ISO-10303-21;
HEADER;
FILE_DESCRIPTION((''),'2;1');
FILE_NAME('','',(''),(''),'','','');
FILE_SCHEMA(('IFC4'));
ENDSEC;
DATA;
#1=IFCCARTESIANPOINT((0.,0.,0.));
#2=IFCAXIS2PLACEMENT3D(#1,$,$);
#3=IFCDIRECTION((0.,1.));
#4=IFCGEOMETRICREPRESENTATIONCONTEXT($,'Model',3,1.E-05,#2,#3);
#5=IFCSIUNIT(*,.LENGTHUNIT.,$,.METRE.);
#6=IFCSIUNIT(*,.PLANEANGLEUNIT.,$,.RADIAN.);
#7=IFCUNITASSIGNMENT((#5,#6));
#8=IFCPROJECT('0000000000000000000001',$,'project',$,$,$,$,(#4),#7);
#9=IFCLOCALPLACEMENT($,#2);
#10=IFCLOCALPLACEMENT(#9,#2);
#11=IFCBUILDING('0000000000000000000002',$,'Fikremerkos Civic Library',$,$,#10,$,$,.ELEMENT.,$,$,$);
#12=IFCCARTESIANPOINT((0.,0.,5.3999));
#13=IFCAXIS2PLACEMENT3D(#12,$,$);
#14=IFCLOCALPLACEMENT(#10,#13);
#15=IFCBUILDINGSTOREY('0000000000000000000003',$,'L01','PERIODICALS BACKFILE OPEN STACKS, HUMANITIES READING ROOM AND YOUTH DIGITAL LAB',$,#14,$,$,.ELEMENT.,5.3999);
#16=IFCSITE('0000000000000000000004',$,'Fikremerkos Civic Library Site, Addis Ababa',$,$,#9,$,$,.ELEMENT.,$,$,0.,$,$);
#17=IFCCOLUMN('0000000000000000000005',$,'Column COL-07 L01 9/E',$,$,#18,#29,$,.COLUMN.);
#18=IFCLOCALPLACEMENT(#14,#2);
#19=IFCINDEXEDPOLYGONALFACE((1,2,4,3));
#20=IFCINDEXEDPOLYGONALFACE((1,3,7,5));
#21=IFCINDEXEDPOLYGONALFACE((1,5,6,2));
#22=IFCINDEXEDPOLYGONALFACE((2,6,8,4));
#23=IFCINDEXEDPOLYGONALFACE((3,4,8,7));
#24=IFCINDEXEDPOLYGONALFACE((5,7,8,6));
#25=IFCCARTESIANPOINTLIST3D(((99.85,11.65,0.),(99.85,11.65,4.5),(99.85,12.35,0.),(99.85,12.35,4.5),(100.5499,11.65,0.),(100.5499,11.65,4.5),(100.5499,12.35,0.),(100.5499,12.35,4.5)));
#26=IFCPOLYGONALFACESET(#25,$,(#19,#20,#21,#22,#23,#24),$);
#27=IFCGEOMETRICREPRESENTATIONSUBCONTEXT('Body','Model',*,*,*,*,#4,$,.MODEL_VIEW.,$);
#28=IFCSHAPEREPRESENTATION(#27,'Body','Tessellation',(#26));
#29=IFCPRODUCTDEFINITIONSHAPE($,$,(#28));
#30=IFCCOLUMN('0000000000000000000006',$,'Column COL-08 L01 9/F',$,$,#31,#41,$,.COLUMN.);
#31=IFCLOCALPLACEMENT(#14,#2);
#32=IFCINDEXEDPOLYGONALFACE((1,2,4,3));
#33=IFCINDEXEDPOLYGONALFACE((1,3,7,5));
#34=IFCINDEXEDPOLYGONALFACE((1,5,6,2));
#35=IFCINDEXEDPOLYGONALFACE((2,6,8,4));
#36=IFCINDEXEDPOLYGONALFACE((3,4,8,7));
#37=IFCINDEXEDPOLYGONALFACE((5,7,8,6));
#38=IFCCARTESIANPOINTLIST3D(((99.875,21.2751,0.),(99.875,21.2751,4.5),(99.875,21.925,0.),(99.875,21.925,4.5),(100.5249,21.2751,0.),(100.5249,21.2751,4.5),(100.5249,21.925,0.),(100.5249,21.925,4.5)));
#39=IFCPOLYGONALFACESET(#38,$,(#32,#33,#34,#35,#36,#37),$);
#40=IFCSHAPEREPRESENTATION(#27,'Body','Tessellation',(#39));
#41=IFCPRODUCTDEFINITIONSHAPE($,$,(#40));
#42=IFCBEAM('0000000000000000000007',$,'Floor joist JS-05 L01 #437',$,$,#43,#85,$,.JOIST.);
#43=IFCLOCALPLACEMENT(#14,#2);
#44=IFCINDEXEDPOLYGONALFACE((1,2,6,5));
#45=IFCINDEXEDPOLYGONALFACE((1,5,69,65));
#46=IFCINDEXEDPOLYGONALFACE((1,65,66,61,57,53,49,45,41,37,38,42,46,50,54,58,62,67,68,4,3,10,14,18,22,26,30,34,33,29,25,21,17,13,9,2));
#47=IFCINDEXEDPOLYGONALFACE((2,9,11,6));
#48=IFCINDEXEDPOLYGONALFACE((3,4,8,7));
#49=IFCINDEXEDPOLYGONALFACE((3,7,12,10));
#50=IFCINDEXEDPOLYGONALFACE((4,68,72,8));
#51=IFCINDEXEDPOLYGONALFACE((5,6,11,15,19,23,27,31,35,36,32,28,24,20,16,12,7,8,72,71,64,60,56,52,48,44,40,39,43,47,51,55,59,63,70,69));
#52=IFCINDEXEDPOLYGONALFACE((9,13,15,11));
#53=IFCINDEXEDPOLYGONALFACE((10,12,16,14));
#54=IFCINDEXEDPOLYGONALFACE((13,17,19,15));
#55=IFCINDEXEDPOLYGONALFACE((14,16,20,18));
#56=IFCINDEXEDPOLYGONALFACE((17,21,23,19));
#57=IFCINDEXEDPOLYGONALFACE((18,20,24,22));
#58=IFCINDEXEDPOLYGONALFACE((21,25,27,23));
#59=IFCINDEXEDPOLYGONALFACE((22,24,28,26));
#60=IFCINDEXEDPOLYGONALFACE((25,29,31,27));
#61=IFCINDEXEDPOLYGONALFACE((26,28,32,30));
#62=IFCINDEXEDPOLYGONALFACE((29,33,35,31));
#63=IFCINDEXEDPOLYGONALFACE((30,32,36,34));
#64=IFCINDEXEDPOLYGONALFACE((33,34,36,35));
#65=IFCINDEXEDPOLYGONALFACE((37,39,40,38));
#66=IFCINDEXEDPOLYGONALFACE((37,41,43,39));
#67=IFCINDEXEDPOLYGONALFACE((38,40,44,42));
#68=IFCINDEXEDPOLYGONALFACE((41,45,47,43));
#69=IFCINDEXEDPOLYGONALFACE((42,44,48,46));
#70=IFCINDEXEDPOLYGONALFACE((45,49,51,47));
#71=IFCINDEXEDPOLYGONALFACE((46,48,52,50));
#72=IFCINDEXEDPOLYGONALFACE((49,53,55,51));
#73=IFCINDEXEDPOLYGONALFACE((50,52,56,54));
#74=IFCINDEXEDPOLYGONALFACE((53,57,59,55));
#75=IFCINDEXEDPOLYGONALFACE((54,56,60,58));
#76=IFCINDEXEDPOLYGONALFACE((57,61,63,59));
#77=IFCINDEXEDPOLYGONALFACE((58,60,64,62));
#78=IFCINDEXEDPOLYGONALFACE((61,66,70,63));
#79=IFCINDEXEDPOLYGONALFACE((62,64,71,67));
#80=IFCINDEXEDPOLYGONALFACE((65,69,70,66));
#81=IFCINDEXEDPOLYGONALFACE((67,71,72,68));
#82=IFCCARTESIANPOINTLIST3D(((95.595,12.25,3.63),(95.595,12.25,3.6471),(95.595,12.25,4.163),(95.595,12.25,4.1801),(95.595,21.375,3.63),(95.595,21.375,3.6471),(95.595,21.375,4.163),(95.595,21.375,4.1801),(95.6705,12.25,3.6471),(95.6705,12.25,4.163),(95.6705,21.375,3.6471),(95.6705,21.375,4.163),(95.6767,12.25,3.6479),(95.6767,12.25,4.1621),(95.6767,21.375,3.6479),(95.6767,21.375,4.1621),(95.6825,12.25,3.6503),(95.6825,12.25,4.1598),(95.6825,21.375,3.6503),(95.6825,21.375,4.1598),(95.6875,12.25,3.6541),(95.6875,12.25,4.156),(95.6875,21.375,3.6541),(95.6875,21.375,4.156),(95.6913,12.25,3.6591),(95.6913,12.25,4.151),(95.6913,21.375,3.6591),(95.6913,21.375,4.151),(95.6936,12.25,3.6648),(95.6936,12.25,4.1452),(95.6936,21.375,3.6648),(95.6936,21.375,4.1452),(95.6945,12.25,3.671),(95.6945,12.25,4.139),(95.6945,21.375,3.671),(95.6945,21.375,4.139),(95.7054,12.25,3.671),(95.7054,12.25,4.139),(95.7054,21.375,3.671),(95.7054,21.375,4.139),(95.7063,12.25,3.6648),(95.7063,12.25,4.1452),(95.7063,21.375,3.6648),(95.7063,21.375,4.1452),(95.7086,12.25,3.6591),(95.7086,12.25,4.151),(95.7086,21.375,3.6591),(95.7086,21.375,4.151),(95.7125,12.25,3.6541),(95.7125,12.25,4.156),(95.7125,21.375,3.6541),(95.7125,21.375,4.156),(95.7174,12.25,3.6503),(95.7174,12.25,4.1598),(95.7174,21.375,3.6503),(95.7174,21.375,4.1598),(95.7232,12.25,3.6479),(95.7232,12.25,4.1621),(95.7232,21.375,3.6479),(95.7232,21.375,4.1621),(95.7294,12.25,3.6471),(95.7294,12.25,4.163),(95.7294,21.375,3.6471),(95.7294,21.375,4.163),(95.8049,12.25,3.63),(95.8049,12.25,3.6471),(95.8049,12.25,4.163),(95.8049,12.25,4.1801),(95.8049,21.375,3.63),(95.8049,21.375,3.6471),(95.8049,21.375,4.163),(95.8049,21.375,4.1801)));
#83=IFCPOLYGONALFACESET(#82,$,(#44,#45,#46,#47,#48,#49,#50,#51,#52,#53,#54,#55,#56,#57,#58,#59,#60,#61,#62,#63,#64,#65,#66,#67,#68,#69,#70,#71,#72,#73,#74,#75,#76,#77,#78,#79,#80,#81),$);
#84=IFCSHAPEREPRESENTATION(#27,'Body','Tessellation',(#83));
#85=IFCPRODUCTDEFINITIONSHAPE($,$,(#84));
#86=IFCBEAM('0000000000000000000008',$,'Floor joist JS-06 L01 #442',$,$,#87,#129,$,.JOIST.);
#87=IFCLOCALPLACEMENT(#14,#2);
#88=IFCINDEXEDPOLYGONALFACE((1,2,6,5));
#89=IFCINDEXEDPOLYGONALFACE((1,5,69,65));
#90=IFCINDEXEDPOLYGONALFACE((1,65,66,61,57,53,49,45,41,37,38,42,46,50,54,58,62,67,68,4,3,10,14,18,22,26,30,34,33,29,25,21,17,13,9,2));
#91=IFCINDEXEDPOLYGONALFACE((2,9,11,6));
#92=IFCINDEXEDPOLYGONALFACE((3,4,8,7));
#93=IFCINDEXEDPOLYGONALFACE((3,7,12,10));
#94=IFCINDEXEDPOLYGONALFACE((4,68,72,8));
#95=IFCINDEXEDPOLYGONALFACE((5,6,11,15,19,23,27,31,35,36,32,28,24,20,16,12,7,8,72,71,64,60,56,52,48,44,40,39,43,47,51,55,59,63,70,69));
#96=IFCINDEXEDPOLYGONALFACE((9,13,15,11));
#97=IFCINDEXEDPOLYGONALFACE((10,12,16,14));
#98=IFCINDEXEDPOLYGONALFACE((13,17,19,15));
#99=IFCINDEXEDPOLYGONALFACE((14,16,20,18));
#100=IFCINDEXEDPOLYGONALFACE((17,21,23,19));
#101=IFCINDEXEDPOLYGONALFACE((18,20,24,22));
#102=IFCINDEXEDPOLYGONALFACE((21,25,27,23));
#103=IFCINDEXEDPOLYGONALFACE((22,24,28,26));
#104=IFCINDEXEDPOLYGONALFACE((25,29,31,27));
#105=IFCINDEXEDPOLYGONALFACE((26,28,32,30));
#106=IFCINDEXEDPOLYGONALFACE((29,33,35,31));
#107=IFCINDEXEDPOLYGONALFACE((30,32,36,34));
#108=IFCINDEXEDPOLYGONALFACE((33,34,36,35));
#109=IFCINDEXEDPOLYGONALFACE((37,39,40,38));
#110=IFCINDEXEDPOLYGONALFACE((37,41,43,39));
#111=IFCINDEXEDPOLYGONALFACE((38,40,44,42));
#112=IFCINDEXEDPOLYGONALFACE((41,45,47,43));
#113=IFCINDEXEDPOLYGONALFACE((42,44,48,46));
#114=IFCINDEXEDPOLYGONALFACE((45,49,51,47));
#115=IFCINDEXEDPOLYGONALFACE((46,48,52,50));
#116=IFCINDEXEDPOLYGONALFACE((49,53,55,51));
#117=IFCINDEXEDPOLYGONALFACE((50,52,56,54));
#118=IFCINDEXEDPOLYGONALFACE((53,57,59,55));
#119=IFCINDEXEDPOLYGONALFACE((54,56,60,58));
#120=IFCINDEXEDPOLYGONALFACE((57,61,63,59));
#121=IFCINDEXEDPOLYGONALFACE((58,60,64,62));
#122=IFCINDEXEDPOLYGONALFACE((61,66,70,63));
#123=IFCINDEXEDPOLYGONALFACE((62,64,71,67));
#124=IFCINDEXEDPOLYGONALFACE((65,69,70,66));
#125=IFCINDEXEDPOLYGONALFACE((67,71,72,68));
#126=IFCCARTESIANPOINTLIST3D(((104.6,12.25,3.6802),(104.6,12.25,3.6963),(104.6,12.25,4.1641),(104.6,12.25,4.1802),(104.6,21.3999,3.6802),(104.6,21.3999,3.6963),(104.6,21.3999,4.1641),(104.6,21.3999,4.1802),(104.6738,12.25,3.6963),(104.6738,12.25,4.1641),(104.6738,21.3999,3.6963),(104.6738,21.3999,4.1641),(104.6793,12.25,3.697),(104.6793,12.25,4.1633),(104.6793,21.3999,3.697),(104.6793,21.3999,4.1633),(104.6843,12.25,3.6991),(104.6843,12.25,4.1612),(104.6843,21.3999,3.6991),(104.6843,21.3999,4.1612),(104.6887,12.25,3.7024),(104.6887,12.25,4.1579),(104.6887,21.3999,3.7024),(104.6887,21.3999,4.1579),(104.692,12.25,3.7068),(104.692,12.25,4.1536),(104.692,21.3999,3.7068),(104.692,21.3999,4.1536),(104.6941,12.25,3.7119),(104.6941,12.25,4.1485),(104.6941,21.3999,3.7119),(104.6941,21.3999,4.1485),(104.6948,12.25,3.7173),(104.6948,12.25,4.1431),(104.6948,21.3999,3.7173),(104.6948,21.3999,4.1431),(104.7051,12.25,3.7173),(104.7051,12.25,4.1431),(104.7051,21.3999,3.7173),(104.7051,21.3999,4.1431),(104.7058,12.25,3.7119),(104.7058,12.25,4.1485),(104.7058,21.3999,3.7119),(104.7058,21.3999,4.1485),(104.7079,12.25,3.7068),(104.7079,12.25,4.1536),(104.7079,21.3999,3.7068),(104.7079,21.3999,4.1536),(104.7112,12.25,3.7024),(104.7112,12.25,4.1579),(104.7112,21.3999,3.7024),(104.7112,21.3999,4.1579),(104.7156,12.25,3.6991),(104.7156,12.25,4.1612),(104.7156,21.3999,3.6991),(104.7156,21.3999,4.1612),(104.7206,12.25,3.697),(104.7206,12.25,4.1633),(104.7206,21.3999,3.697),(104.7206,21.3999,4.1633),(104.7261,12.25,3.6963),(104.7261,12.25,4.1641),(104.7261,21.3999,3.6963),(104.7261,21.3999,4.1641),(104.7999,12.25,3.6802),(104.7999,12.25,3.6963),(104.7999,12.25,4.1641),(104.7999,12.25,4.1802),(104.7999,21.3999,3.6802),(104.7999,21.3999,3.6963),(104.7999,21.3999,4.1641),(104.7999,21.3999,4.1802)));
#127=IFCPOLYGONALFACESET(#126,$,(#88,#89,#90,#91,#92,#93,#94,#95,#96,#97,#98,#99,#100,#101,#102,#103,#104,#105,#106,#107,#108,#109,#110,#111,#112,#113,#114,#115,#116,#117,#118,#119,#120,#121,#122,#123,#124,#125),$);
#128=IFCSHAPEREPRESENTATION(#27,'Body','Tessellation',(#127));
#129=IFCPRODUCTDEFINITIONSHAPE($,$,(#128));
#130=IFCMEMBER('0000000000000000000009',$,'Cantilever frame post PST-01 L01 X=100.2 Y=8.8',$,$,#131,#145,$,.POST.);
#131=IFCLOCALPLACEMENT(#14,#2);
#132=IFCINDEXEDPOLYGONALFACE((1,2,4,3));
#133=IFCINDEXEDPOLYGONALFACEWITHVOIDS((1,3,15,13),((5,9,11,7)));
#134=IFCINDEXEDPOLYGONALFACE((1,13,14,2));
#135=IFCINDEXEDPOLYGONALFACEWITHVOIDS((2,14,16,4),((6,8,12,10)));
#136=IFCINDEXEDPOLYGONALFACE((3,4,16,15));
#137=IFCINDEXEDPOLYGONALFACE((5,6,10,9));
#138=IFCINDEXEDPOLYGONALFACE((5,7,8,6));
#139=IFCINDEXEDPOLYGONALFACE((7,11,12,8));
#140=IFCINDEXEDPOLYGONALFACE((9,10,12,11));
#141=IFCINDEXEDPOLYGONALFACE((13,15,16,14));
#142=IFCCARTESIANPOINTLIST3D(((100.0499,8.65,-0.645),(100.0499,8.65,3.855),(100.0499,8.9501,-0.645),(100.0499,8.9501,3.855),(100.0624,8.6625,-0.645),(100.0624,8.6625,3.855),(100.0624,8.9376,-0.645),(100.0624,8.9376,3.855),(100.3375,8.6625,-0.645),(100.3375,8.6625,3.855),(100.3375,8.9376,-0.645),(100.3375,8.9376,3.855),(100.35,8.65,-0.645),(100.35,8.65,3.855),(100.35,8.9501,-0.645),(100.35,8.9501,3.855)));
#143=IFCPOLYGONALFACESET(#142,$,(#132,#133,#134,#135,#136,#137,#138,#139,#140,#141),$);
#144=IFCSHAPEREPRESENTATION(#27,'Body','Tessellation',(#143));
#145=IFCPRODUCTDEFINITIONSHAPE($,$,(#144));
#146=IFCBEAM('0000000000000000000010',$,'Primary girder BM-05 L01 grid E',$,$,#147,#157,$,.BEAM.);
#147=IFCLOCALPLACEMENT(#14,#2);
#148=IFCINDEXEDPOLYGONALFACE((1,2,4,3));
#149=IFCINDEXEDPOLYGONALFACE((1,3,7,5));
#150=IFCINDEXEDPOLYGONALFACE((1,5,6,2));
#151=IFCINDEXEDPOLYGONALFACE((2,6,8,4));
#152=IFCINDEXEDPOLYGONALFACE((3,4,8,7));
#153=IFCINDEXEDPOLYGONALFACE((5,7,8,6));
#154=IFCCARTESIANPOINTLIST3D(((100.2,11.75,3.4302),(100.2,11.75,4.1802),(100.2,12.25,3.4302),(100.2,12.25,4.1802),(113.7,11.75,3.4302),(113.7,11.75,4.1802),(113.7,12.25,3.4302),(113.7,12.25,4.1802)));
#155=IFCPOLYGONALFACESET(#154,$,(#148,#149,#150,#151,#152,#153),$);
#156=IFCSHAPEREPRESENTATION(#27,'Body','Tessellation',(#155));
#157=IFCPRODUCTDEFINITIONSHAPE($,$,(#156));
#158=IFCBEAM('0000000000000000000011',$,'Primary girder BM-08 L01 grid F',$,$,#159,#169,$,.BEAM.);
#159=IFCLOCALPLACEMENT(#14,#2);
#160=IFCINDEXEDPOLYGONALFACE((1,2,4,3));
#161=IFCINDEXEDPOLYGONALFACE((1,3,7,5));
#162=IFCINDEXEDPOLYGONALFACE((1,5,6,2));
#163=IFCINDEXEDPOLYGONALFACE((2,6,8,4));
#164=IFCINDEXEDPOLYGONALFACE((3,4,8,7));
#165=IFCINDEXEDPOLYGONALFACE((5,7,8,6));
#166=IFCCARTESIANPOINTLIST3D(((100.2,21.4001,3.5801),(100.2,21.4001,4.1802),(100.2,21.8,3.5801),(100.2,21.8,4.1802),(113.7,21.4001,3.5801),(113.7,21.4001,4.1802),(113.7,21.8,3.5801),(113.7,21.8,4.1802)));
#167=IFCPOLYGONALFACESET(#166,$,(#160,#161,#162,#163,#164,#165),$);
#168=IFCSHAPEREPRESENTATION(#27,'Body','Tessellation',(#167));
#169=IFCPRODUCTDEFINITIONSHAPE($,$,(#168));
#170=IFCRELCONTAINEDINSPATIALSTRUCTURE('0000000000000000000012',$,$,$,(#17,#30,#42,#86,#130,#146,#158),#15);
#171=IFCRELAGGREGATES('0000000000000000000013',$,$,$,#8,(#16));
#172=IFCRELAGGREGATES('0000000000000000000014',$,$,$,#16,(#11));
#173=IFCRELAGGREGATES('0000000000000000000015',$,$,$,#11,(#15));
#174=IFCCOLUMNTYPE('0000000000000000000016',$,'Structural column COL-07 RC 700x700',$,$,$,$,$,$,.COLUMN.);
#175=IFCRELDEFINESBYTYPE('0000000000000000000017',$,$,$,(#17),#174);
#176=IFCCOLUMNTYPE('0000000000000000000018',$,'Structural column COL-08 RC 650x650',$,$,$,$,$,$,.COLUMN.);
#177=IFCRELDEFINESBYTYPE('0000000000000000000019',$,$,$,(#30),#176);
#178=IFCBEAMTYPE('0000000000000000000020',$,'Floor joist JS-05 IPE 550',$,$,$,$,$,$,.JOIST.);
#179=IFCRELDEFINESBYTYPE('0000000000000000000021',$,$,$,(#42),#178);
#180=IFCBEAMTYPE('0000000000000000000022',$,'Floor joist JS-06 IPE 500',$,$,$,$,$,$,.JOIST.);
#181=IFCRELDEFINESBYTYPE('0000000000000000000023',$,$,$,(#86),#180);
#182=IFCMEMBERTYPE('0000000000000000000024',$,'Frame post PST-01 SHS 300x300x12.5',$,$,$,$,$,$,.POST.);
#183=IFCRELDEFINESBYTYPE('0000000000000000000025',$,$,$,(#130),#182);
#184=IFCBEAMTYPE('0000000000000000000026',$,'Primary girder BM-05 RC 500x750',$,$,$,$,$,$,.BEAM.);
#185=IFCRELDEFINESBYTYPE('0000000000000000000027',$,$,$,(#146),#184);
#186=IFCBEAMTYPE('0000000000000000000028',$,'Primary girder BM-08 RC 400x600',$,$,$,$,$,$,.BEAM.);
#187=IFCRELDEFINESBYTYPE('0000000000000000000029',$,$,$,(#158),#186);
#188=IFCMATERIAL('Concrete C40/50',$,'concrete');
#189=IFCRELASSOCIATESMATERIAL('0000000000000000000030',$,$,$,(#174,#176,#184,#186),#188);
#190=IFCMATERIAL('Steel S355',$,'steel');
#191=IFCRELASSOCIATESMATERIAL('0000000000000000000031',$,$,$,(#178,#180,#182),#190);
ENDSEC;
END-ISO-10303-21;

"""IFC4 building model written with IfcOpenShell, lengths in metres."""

from ifc_helpers import new_model, si_unit, direction, frame, origin, origin_2d, place, context, subcontext, project, spatial, rectangle, hollow_rectangle, i_section, extrude, material, material_profile, profile_set, type_object, element, save


model = new_model("IFC4")

# Units and contexts
model_context = context("Model", 3, precision=1e-05, world=origin(), true_north=direction((0.0, 1.0)))
body_context = subcontext(model_context, "Body", "Model", "MODEL_VIEW")
ifc_project = project(units=[si_unit("LENGTHUNIT", "METRE"), si_unit("PLANEANGLEUNIT", "RADIAN")], contexts=[model_context])

# Site, building, storey
site_placement = place(None, origin())
site = spatial("IfcSite", under=ifc_project, at=site_placement, Name="Fikremerkos Civic Library Site, Addis Ababa", CompositionType="ELEMENT", RefElevation=0.0)
building_placement = place(site_placement, origin())
building = spatial("IfcBuilding", under=site, at=building_placement, Name="Fikremerkos Civic Library", CompositionType="ELEMENT")
storey_placement = place(building_placement, frame((0.0, 0.0, 5.3999)))
storey = spatial("IfcBuildingStorey", under=building, at=storey_placement, Name="L01", Description="PERIODICALS BACKFILE OPEN STACKS, HUMANITIES READING ROOM AND YOUTH DIGITAL LAB", CompositionType="ELEMENT", Elevation=5.3999)

# Columns
ifc_material_1 = material(Name="Concrete C40/50", Category="concrete")
ifc_material_profile_1 = material_profile(ifc_material_1, rectangle(XDim=0.7, YDim=0.7, at=origin_2d()), Name="RC 700x700")
ifc_profile_set_1 = profile_set([ifc_material_profile_1], Name="Concrete C40/50")
column_type_1 = type_object("IfcColumnType", Name="Structural column COL-07 RC 700x700", PredefinedType="COLUMN", material=ifc_profile_set_1)
column_1_placement = place(storey_placement, frame((100.2, 12.0, 0.0), z_axis=(0.0, 0.0, 1.0), x_axis=(1.0, 0.0, 0.0)))
element("IfcColumn", 1, at=column_1_placement, inside=storey, type_object=column_type_1, Name="Column COL-07 L01 9/E", PredefinedType="COLUMN", context=body_context, shape_type="SweptSolid", body=[
    extrude(rectangle(XDim=0.7, YDim=0.7, at=origin_2d()), origin(), (0.0, 0.0, 1.0), 4.5),
])
ifc_material_profile_2 = material_profile(ifc_material_1, rectangle(XDim=0.6499, YDim=0.6499, at=origin_2d()), Name="RC 650x650")
ifc_profile_set_2 = profile_set([ifc_material_profile_2], Name="Concrete C40/50")
column_type_2 = type_object("IfcColumnType", Name="Structural column COL-08 RC 650x650", PredefinedType="COLUMN", material=ifc_profile_set_2)
column_2_placement = place(storey_placement, frame((100.2, 21.6001, 0.0), z_axis=(0.0, 0.0, 1.0), x_axis=(1.0, 0.0, 0.0)))
element("IfcColumn", 2, at=column_2_placement, inside=storey, type_object=column_type_2, Name="Column COL-08 L01 9/F", PredefinedType="COLUMN", context=body_context, shape_type="SweptSolid", body=[
    extrude(rectangle(XDim=0.6499, YDim=0.6499, at=origin_2d()), origin(), (0.0, 0.0, 1.0), 4.5),
])

# Beams
ifc_material_2 = material(Name="Steel S355", Category="steel")
ifc_material_profile_3 = material_profile(ifc_material_2, i_section(OverallWidth=0.21, OverallDepth=0.55, WebThickness=0.011, FlangeThickness=0.0171, FilletRadius=0.0239, at=origin_2d()), Name="IPE 550")
ifc_profile_set_3 = profile_set([ifc_material_profile_3], Name="Steel S355")
beam_type_1 = type_object("IfcBeamType", Name="Floor joist JS-05 IPE 550", PredefinedType="JOIST", material=ifc_profile_set_3)
beam_1_placement = place(storey_placement, frame((95.7, 12.25, 3.905), z_axis=(0.0, 1.0, 0.0), x_axis=(-1.0, 0.0, 0.0)))
element("IfcBeam", 3, at=beam_1_placement, inside=storey, type_object=beam_type_1, Name="Floor joist JS-05 L01 #437", PredefinedType="JOIST", context=body_context, shape_type="SweptSolid", body=[
    extrude(i_section(OverallWidth=0.21, OverallDepth=0.55, WebThickness=0.011, FlangeThickness=0.0171, FilletRadius=0.0239, at=origin_2d()), origin(), (0.0, 0.0, 1.0), 9.125),
])
ifc_material_profile_4 = material_profile(ifc_material_2, i_section(OverallWidth=0.2, OverallDepth=0.5, WebThickness=0.0103, FlangeThickness=0.0161, FilletRadius=0.021, at=origin_2d()), Name="IPE 500")
ifc_profile_set_4 = profile_set([ifc_material_profile_4], Name="Steel S355")
beam_type_2 = type_object("IfcBeamType", Name="Floor joist JS-06 IPE 500", PredefinedType="JOIST", material=ifc_profile_set_4)
beam_2_placement = place(storey_placement, frame((104.7, 12.25, 3.9302), z_axis=(0.0, 1.0, 0.0), x_axis=(-1.0, 0.0, 0.0)))
element("IfcBeam", 4, at=beam_2_placement, inside=storey, type_object=beam_type_2, Name="Floor joist JS-06 L01 #442", PredefinedType="JOIST", context=body_context, shape_type="SweptSolid", body=[
    extrude(i_section(OverallWidth=0.2, OverallDepth=0.5, WebThickness=0.0103, FlangeThickness=0.0161, FilletRadius=0.021, at=origin_2d()), origin(), (0.0, 0.0, 1.0), 9.1499),
])

# Member
ifc_material_profile_5 = material_profile(ifc_material_2, hollow_rectangle(XDim=0.3, YDim=0.3, WallThickness=0.0125, at=origin_2d()), Name="SHS 300x300x12.5")
ifc_profile_set_5 = profile_set([ifc_material_profile_5], Name="Steel S355")
member_type_1 = type_object("IfcMemberType", Name="Frame post PST-01 SHS 300x300x12.5", PredefinedType="POST", material=ifc_profile_set_5)
member_1_placement = place(storey_placement, frame((100.2, 8.8, -0.645), z_axis=(0.0, 0.0, 1.0), x_axis=(1.0, 0.0, 0.0)))
element("IfcMember", 5, at=member_1_placement, inside=storey, type_object=member_type_1, Name="Cantilever frame post PST-01 L01 X=100.2 Y=8.8", PredefinedType="POST", context=body_context, shape_type="SweptSolid", body=[
    extrude(hollow_rectangle(XDim=0.3, YDim=0.3, WallThickness=0.0125, at=origin_2d()), origin(), (0.0, 0.0, 1.0), 4.5),
])

# Beams
ifc_material_profile_6 = material_profile(ifc_material_1, rectangle(XDim=0.5, YDim=0.75, at=origin_2d()), Name="RC 500x750")
ifc_profile_set_6 = profile_set([ifc_material_profile_6], Name="Concrete C40/50")
beam_type_3 = type_object("IfcBeamType", Name="Primary girder BM-05 RC 500x750", PredefinedType="BEAM", material=ifc_profile_set_6)
beam_3_placement = place(storey_placement, frame((100.2, 12.0, 3.8052), z_axis=(1.0, 0.0, 0.0), x_axis=(0.0, 1.0, 0.0)))
element("IfcBeam", 6, at=beam_3_placement, inside=storey, type_object=beam_type_3, Name="Primary girder BM-05 L01 grid E", PredefinedType="BEAM", context=body_context, shape_type="SweptSolid", body=[
    extrude(rectangle(XDim=0.5, YDim=0.75, at=origin_2d()), origin(), (0.0, 0.0, 1.0), 13.5),
])
ifc_material_profile_7 = material_profile(ifc_material_1, rectangle(XDim=0.3999, YDim=0.6001, at=origin_2d()), Name="RC 400x600")
ifc_profile_set_7 = profile_set([ifc_material_profile_7], Name="Concrete C40/50")
beam_type_4 = type_object("IfcBeamType", Name="Primary girder BM-08 RC 400x600", PredefinedType="BEAM", material=ifc_profile_set_7)
beam_4_placement = place(storey_placement, frame((100.2, 21.6001, 3.8801), z_axis=(1.0, 0.0, 0.0), x_axis=(0.0, 1.0, 0.0)))
element("IfcBeam", 7, at=beam_4_placement, inside=storey, type_object=beam_type_4, Name="Primary girder BM-08 L01 grid F", PredefinedType="BEAM", context=body_context, shape_type="SweptSolid", body=[
    extrude(rectangle(XDim=0.3999, YDim=0.6001, at=origin_2d()), origin(), (0.0, 0.0, 1.0), 13.5),
])

save(model, "model.ifc")
